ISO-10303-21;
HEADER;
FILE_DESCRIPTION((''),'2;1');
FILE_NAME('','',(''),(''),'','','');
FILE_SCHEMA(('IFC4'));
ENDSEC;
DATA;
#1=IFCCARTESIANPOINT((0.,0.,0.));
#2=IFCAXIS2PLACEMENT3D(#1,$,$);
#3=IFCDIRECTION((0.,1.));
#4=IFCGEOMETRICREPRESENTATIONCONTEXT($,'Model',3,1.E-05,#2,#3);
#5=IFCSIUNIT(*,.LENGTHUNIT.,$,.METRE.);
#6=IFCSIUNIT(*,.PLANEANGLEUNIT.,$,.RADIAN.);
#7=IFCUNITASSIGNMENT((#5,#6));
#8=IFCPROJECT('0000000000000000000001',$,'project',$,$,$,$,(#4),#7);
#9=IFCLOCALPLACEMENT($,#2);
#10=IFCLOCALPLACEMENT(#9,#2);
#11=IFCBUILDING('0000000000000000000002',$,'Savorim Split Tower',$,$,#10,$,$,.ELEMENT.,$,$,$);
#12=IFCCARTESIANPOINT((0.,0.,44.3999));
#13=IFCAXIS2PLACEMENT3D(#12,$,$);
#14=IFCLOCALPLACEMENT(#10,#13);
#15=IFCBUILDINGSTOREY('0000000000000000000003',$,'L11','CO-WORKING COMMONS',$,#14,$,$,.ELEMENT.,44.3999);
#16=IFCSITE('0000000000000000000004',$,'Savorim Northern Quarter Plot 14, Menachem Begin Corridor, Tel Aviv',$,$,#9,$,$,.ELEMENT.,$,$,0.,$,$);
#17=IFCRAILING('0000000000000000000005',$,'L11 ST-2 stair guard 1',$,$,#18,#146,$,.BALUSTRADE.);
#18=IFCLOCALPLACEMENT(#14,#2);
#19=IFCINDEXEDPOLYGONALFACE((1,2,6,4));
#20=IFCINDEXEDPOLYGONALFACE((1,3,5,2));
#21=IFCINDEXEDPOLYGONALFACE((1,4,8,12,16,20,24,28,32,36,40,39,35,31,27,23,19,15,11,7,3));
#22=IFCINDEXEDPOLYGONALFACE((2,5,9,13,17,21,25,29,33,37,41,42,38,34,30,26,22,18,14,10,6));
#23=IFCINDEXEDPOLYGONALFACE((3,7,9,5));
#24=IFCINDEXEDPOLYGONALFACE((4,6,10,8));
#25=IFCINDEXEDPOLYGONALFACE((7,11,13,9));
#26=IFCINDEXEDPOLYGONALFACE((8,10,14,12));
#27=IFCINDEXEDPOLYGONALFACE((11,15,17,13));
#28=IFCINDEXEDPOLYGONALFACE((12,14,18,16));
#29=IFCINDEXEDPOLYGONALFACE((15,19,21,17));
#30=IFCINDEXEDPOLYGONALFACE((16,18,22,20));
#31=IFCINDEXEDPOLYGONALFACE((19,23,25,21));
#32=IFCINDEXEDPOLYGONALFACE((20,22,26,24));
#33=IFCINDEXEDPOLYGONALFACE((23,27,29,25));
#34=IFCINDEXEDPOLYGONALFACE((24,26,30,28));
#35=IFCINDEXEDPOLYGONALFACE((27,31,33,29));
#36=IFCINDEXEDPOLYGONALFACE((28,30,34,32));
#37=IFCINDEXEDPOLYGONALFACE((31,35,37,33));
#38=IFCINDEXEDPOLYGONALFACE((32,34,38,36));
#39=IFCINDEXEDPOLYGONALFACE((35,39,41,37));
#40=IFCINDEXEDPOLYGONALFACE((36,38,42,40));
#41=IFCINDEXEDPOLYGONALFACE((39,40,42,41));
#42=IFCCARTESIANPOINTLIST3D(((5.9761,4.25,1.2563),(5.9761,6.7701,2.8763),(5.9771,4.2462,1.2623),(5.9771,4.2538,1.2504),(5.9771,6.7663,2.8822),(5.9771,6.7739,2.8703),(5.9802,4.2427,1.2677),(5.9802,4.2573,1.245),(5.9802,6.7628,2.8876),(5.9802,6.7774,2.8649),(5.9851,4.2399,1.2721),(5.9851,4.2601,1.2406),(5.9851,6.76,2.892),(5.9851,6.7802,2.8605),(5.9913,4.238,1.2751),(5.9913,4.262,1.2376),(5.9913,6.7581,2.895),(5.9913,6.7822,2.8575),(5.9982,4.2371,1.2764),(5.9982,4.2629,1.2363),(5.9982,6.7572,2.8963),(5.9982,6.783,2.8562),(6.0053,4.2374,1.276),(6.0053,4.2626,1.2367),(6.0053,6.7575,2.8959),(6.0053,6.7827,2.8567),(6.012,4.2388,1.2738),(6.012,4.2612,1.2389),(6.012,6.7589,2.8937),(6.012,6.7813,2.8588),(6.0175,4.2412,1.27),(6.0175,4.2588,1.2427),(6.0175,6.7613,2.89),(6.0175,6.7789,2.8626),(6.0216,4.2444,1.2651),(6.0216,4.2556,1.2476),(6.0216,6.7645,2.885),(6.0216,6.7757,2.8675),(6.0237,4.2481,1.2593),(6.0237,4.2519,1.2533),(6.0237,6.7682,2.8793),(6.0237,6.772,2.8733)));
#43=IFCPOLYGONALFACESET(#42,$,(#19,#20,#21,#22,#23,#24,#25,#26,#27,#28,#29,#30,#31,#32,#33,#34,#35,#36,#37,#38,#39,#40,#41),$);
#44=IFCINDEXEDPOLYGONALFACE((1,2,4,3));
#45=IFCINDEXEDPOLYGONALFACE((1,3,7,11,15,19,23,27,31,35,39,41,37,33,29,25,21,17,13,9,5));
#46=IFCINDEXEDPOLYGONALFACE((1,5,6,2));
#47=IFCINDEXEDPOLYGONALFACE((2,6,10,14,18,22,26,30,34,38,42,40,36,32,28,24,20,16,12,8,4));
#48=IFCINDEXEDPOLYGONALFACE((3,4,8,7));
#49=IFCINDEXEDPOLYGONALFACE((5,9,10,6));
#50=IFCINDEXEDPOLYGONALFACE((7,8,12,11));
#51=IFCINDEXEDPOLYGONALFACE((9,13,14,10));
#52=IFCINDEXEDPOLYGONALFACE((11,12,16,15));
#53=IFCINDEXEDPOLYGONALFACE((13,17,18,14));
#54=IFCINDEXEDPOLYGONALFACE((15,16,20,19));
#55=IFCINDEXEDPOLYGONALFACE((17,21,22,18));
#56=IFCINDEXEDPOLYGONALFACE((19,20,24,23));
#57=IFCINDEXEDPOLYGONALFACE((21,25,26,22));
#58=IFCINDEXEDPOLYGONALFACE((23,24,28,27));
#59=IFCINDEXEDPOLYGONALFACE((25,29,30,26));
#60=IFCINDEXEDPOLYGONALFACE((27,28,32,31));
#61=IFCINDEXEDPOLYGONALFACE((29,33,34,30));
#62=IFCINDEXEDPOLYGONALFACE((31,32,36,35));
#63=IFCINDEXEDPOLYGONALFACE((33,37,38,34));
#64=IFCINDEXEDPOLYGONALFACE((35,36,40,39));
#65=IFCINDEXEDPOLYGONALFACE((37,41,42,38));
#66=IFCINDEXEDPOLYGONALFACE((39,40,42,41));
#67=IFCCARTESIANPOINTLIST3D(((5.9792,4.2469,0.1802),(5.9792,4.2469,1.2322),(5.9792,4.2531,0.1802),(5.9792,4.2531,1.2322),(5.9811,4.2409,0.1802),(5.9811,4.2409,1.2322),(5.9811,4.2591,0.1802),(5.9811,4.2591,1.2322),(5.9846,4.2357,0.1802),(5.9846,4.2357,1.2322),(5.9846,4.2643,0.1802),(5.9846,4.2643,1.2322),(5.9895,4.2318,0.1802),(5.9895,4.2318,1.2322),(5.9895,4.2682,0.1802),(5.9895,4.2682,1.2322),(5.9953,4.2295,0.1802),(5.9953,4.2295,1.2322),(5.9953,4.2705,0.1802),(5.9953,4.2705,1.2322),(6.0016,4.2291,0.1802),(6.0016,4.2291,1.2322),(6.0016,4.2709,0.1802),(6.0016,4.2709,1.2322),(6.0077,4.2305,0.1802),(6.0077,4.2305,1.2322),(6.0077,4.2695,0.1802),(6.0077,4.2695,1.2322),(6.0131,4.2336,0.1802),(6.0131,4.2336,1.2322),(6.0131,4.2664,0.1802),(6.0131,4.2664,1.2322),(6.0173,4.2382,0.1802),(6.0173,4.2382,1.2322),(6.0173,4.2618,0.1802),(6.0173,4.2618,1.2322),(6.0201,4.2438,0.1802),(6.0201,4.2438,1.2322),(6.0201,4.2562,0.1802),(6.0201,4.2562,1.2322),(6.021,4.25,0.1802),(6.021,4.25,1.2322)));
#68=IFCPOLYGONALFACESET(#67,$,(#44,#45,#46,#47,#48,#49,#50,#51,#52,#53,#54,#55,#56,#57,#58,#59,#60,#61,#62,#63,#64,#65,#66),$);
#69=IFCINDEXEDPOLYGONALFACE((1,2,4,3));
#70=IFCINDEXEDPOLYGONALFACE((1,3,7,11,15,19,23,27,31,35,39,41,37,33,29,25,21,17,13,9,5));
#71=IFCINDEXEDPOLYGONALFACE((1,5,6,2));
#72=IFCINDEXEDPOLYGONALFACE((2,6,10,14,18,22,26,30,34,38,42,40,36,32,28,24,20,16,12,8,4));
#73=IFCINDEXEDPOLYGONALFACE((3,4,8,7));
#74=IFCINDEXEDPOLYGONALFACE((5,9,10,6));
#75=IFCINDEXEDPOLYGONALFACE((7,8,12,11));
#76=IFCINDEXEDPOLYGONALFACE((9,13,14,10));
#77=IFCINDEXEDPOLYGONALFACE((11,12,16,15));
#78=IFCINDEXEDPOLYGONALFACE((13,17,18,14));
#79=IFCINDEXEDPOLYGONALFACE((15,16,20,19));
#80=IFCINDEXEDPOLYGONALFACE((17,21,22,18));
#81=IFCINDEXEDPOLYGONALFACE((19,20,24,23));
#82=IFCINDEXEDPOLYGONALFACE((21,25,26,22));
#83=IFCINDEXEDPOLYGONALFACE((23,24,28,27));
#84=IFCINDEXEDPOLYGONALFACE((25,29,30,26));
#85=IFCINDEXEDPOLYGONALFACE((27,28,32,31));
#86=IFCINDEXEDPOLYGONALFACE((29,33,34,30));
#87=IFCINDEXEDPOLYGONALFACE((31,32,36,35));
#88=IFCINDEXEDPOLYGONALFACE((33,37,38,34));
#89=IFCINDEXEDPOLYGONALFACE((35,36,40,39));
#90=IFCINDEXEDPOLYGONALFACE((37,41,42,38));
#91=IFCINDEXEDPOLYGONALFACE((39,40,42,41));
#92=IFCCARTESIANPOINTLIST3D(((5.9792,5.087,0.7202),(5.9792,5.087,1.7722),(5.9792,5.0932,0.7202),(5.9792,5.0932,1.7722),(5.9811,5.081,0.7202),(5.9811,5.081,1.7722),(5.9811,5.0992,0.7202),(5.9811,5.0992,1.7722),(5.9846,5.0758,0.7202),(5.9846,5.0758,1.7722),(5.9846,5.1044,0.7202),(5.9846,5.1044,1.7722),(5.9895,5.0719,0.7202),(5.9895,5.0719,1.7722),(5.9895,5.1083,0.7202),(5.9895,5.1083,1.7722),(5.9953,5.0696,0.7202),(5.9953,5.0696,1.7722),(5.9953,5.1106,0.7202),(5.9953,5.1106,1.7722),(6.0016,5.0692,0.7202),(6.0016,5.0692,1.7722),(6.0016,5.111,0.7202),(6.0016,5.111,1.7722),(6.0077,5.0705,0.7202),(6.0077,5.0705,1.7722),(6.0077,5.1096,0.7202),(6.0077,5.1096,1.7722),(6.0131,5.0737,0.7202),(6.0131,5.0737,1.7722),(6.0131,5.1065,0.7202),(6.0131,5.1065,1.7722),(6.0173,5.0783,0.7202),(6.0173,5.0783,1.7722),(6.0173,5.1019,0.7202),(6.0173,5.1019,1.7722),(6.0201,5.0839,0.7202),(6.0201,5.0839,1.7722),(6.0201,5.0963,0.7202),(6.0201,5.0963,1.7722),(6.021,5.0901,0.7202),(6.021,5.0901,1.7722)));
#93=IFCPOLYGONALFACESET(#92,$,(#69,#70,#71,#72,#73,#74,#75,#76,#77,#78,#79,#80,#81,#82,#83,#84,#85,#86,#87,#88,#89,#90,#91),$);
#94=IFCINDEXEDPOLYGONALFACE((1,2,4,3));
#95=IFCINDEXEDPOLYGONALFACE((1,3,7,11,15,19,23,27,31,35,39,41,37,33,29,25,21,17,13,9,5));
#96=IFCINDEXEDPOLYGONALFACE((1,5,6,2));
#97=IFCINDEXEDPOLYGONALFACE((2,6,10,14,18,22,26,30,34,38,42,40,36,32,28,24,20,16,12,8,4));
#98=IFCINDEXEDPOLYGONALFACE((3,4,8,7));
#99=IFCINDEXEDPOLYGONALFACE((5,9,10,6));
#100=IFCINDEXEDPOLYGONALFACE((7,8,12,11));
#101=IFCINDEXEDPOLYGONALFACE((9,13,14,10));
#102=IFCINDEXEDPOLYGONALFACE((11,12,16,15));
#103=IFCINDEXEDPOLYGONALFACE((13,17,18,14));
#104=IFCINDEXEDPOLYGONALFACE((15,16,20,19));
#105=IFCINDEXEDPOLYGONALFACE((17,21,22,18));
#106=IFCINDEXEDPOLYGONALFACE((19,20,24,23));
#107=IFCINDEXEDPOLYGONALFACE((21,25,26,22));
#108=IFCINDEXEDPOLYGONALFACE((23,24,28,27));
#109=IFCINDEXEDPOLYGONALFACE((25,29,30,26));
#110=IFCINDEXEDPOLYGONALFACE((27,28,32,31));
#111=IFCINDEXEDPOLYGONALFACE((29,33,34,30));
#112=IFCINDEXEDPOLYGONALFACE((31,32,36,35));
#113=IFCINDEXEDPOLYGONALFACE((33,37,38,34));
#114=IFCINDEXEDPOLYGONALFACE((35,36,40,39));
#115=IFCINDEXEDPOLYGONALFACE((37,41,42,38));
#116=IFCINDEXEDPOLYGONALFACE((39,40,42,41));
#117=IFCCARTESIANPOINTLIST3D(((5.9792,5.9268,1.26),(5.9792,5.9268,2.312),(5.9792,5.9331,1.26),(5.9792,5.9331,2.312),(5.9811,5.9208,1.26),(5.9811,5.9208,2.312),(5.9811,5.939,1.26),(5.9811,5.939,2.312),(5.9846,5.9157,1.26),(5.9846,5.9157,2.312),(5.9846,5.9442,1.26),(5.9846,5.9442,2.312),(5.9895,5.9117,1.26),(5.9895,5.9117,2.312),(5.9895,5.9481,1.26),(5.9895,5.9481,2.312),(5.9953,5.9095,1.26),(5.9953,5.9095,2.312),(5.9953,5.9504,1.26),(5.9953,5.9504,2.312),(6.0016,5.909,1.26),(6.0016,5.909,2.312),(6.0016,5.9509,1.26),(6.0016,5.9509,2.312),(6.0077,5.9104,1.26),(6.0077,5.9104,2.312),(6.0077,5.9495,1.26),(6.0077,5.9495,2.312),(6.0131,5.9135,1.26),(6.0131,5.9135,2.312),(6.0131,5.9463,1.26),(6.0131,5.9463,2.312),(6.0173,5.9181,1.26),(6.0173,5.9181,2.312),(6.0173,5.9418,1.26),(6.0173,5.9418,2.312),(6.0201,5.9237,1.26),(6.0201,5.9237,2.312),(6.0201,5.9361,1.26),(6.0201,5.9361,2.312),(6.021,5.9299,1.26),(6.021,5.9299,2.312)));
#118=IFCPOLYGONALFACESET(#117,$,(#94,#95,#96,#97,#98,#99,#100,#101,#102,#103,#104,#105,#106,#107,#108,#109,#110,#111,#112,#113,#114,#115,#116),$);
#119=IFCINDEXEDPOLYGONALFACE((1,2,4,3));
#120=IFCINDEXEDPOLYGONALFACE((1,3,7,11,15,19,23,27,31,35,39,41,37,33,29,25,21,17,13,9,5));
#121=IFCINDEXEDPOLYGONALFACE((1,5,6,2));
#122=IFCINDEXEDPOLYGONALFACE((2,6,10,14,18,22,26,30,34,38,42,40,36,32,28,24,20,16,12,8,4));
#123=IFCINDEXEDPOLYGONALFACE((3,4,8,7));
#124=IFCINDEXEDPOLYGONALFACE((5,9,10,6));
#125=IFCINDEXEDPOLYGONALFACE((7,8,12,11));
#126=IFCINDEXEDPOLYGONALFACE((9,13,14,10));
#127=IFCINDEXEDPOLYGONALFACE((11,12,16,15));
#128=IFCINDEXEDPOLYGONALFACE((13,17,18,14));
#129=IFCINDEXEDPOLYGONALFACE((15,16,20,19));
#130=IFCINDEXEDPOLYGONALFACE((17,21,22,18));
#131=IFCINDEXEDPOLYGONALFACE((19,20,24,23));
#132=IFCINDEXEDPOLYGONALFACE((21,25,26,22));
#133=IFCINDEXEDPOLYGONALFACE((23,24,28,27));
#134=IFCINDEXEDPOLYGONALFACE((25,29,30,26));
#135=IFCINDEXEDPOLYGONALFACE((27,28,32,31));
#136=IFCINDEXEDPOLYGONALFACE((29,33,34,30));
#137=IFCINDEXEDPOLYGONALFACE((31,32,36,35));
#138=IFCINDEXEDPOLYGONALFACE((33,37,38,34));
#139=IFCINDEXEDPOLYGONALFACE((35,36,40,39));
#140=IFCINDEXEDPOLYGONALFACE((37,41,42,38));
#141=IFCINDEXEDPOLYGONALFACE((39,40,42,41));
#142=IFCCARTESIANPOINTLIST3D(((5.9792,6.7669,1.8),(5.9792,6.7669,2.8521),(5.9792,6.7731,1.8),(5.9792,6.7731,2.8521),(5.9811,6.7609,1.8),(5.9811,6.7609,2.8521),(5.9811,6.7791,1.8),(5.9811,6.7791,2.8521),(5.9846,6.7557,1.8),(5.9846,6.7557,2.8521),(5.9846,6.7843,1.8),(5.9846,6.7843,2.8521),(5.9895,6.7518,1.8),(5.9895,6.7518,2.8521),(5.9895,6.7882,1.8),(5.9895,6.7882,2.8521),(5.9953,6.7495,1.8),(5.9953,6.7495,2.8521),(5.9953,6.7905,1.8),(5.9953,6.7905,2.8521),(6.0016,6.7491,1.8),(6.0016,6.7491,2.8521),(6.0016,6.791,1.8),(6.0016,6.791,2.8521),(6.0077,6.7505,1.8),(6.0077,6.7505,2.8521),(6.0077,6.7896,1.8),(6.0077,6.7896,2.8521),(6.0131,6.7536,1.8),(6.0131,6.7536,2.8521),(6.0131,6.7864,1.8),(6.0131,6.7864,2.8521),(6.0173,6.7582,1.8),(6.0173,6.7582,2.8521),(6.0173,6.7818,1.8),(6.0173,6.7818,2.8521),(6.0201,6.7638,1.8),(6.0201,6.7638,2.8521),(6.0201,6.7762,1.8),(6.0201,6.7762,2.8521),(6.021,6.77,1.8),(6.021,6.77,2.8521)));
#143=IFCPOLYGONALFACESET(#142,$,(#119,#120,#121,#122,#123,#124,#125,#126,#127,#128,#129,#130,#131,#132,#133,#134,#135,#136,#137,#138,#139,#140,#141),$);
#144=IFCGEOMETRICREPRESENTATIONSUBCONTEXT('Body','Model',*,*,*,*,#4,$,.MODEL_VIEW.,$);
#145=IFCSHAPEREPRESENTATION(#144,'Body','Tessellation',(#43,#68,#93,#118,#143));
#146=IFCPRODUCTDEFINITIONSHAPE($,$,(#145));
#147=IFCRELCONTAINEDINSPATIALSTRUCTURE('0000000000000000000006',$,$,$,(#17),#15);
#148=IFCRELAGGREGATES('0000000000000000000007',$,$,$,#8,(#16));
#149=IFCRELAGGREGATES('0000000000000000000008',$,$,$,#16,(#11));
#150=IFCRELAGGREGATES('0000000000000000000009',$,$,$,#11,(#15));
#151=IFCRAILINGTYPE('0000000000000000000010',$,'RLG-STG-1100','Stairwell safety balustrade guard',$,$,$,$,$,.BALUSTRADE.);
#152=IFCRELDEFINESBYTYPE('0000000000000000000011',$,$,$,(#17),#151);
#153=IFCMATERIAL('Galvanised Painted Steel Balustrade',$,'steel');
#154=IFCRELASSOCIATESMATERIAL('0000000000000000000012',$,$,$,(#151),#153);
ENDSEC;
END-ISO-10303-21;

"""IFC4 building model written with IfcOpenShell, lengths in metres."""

from ifc_helpers import new_model, si_unit, direction, frame, origin, origin_2d, place, context, subcontext, project, spatial, circle, extrude, material, type_object, element, save


model = new_model("IFC4")

# Units and contexts
model_context = context("Model", 3, precision=1e-05, world=origin(), true_north=direction((0.0, 1.0)))
body_context = subcontext(model_context, "Body", "Model", "MODEL_VIEW")
ifc_project = project(units=[si_unit("LENGTHUNIT", "METRE"), si_unit("PLANEANGLEUNIT", "RADIAN")], contexts=[model_context])

# Site, building, storey
site_placement = place(None, origin())
site = spatial("IfcSite", under=ifc_project, at=site_placement, Name="Savorim Northern Quarter Plot 14, Menachem Begin Corridor, Tel Aviv", CompositionType="ELEMENT", RefElevation=0.0)
building_placement = place(site_placement, origin())
building = spatial("IfcBuilding", under=site, at=building_placement, Name="Savorim Split Tower", CompositionType="ELEMENT")
storey_placement = place(building_placement, frame((0.0, 0.0, 44.3999)))
storey = spatial("IfcBuildingStorey", under=building, at=storey_placement, Name="L11", Description="CO-WORKING COMMONS", CompositionType="ELEMENT", Elevation=44.3999)

# Railing
ifc_material_1 = material(Name="Galvanised Painted Steel Balustrade", Category="steel")
railing_type_1 = type_object("IfcRailingType", Name="RLG-STG-1100", Description="Stairwell safety balustrade guard", PredefinedType="BALUSTRADE", material=ifc_material_1)
railing_1_placement = place(storey_placement, frame((6.0, 4.25, 0.1802)))
element("IfcRailing", 1, at=railing_1_placement, inside=storey, type_object=railing_type_1, Name="L11 ST-2 stair guard 1", PredefinedType="BALUSTRADE", context=body_context, shape_type="SweptSolid", body=[
    extrude(circle(Radius=0.0239, at=origin_2d()), frame((0.0, 0.0, 1.0762), z_axis=(0.0, 0.8412, 0.540725), x_axis=(-1.0, 0.0, 0.0)), (0.0, 0.0, 1.0), 2.9958),
    extrude(circle(Radius=0.021, at=origin_2d()), origin(), (0.0, 0.0, 1.0), 1.052),
    extrude(circle(Radius=0.021, at=origin_2d()), frame((0.0, 0.8401, 0.54)), (0.0, 0.0, 1.0), 1.052),
    extrude(circle(Radius=0.021, at=origin_2d()), frame((0.0, 1.6799, 1.0798)), (0.0, 0.0, 1.0), 1.052),
    extrude(circle(Radius=0.021, at=origin_2d()), frame((0.0, 2.52, 1.6199)), (0.0, 0.0, 1.0), 1.052),
])

save(model, "model.ifc")
